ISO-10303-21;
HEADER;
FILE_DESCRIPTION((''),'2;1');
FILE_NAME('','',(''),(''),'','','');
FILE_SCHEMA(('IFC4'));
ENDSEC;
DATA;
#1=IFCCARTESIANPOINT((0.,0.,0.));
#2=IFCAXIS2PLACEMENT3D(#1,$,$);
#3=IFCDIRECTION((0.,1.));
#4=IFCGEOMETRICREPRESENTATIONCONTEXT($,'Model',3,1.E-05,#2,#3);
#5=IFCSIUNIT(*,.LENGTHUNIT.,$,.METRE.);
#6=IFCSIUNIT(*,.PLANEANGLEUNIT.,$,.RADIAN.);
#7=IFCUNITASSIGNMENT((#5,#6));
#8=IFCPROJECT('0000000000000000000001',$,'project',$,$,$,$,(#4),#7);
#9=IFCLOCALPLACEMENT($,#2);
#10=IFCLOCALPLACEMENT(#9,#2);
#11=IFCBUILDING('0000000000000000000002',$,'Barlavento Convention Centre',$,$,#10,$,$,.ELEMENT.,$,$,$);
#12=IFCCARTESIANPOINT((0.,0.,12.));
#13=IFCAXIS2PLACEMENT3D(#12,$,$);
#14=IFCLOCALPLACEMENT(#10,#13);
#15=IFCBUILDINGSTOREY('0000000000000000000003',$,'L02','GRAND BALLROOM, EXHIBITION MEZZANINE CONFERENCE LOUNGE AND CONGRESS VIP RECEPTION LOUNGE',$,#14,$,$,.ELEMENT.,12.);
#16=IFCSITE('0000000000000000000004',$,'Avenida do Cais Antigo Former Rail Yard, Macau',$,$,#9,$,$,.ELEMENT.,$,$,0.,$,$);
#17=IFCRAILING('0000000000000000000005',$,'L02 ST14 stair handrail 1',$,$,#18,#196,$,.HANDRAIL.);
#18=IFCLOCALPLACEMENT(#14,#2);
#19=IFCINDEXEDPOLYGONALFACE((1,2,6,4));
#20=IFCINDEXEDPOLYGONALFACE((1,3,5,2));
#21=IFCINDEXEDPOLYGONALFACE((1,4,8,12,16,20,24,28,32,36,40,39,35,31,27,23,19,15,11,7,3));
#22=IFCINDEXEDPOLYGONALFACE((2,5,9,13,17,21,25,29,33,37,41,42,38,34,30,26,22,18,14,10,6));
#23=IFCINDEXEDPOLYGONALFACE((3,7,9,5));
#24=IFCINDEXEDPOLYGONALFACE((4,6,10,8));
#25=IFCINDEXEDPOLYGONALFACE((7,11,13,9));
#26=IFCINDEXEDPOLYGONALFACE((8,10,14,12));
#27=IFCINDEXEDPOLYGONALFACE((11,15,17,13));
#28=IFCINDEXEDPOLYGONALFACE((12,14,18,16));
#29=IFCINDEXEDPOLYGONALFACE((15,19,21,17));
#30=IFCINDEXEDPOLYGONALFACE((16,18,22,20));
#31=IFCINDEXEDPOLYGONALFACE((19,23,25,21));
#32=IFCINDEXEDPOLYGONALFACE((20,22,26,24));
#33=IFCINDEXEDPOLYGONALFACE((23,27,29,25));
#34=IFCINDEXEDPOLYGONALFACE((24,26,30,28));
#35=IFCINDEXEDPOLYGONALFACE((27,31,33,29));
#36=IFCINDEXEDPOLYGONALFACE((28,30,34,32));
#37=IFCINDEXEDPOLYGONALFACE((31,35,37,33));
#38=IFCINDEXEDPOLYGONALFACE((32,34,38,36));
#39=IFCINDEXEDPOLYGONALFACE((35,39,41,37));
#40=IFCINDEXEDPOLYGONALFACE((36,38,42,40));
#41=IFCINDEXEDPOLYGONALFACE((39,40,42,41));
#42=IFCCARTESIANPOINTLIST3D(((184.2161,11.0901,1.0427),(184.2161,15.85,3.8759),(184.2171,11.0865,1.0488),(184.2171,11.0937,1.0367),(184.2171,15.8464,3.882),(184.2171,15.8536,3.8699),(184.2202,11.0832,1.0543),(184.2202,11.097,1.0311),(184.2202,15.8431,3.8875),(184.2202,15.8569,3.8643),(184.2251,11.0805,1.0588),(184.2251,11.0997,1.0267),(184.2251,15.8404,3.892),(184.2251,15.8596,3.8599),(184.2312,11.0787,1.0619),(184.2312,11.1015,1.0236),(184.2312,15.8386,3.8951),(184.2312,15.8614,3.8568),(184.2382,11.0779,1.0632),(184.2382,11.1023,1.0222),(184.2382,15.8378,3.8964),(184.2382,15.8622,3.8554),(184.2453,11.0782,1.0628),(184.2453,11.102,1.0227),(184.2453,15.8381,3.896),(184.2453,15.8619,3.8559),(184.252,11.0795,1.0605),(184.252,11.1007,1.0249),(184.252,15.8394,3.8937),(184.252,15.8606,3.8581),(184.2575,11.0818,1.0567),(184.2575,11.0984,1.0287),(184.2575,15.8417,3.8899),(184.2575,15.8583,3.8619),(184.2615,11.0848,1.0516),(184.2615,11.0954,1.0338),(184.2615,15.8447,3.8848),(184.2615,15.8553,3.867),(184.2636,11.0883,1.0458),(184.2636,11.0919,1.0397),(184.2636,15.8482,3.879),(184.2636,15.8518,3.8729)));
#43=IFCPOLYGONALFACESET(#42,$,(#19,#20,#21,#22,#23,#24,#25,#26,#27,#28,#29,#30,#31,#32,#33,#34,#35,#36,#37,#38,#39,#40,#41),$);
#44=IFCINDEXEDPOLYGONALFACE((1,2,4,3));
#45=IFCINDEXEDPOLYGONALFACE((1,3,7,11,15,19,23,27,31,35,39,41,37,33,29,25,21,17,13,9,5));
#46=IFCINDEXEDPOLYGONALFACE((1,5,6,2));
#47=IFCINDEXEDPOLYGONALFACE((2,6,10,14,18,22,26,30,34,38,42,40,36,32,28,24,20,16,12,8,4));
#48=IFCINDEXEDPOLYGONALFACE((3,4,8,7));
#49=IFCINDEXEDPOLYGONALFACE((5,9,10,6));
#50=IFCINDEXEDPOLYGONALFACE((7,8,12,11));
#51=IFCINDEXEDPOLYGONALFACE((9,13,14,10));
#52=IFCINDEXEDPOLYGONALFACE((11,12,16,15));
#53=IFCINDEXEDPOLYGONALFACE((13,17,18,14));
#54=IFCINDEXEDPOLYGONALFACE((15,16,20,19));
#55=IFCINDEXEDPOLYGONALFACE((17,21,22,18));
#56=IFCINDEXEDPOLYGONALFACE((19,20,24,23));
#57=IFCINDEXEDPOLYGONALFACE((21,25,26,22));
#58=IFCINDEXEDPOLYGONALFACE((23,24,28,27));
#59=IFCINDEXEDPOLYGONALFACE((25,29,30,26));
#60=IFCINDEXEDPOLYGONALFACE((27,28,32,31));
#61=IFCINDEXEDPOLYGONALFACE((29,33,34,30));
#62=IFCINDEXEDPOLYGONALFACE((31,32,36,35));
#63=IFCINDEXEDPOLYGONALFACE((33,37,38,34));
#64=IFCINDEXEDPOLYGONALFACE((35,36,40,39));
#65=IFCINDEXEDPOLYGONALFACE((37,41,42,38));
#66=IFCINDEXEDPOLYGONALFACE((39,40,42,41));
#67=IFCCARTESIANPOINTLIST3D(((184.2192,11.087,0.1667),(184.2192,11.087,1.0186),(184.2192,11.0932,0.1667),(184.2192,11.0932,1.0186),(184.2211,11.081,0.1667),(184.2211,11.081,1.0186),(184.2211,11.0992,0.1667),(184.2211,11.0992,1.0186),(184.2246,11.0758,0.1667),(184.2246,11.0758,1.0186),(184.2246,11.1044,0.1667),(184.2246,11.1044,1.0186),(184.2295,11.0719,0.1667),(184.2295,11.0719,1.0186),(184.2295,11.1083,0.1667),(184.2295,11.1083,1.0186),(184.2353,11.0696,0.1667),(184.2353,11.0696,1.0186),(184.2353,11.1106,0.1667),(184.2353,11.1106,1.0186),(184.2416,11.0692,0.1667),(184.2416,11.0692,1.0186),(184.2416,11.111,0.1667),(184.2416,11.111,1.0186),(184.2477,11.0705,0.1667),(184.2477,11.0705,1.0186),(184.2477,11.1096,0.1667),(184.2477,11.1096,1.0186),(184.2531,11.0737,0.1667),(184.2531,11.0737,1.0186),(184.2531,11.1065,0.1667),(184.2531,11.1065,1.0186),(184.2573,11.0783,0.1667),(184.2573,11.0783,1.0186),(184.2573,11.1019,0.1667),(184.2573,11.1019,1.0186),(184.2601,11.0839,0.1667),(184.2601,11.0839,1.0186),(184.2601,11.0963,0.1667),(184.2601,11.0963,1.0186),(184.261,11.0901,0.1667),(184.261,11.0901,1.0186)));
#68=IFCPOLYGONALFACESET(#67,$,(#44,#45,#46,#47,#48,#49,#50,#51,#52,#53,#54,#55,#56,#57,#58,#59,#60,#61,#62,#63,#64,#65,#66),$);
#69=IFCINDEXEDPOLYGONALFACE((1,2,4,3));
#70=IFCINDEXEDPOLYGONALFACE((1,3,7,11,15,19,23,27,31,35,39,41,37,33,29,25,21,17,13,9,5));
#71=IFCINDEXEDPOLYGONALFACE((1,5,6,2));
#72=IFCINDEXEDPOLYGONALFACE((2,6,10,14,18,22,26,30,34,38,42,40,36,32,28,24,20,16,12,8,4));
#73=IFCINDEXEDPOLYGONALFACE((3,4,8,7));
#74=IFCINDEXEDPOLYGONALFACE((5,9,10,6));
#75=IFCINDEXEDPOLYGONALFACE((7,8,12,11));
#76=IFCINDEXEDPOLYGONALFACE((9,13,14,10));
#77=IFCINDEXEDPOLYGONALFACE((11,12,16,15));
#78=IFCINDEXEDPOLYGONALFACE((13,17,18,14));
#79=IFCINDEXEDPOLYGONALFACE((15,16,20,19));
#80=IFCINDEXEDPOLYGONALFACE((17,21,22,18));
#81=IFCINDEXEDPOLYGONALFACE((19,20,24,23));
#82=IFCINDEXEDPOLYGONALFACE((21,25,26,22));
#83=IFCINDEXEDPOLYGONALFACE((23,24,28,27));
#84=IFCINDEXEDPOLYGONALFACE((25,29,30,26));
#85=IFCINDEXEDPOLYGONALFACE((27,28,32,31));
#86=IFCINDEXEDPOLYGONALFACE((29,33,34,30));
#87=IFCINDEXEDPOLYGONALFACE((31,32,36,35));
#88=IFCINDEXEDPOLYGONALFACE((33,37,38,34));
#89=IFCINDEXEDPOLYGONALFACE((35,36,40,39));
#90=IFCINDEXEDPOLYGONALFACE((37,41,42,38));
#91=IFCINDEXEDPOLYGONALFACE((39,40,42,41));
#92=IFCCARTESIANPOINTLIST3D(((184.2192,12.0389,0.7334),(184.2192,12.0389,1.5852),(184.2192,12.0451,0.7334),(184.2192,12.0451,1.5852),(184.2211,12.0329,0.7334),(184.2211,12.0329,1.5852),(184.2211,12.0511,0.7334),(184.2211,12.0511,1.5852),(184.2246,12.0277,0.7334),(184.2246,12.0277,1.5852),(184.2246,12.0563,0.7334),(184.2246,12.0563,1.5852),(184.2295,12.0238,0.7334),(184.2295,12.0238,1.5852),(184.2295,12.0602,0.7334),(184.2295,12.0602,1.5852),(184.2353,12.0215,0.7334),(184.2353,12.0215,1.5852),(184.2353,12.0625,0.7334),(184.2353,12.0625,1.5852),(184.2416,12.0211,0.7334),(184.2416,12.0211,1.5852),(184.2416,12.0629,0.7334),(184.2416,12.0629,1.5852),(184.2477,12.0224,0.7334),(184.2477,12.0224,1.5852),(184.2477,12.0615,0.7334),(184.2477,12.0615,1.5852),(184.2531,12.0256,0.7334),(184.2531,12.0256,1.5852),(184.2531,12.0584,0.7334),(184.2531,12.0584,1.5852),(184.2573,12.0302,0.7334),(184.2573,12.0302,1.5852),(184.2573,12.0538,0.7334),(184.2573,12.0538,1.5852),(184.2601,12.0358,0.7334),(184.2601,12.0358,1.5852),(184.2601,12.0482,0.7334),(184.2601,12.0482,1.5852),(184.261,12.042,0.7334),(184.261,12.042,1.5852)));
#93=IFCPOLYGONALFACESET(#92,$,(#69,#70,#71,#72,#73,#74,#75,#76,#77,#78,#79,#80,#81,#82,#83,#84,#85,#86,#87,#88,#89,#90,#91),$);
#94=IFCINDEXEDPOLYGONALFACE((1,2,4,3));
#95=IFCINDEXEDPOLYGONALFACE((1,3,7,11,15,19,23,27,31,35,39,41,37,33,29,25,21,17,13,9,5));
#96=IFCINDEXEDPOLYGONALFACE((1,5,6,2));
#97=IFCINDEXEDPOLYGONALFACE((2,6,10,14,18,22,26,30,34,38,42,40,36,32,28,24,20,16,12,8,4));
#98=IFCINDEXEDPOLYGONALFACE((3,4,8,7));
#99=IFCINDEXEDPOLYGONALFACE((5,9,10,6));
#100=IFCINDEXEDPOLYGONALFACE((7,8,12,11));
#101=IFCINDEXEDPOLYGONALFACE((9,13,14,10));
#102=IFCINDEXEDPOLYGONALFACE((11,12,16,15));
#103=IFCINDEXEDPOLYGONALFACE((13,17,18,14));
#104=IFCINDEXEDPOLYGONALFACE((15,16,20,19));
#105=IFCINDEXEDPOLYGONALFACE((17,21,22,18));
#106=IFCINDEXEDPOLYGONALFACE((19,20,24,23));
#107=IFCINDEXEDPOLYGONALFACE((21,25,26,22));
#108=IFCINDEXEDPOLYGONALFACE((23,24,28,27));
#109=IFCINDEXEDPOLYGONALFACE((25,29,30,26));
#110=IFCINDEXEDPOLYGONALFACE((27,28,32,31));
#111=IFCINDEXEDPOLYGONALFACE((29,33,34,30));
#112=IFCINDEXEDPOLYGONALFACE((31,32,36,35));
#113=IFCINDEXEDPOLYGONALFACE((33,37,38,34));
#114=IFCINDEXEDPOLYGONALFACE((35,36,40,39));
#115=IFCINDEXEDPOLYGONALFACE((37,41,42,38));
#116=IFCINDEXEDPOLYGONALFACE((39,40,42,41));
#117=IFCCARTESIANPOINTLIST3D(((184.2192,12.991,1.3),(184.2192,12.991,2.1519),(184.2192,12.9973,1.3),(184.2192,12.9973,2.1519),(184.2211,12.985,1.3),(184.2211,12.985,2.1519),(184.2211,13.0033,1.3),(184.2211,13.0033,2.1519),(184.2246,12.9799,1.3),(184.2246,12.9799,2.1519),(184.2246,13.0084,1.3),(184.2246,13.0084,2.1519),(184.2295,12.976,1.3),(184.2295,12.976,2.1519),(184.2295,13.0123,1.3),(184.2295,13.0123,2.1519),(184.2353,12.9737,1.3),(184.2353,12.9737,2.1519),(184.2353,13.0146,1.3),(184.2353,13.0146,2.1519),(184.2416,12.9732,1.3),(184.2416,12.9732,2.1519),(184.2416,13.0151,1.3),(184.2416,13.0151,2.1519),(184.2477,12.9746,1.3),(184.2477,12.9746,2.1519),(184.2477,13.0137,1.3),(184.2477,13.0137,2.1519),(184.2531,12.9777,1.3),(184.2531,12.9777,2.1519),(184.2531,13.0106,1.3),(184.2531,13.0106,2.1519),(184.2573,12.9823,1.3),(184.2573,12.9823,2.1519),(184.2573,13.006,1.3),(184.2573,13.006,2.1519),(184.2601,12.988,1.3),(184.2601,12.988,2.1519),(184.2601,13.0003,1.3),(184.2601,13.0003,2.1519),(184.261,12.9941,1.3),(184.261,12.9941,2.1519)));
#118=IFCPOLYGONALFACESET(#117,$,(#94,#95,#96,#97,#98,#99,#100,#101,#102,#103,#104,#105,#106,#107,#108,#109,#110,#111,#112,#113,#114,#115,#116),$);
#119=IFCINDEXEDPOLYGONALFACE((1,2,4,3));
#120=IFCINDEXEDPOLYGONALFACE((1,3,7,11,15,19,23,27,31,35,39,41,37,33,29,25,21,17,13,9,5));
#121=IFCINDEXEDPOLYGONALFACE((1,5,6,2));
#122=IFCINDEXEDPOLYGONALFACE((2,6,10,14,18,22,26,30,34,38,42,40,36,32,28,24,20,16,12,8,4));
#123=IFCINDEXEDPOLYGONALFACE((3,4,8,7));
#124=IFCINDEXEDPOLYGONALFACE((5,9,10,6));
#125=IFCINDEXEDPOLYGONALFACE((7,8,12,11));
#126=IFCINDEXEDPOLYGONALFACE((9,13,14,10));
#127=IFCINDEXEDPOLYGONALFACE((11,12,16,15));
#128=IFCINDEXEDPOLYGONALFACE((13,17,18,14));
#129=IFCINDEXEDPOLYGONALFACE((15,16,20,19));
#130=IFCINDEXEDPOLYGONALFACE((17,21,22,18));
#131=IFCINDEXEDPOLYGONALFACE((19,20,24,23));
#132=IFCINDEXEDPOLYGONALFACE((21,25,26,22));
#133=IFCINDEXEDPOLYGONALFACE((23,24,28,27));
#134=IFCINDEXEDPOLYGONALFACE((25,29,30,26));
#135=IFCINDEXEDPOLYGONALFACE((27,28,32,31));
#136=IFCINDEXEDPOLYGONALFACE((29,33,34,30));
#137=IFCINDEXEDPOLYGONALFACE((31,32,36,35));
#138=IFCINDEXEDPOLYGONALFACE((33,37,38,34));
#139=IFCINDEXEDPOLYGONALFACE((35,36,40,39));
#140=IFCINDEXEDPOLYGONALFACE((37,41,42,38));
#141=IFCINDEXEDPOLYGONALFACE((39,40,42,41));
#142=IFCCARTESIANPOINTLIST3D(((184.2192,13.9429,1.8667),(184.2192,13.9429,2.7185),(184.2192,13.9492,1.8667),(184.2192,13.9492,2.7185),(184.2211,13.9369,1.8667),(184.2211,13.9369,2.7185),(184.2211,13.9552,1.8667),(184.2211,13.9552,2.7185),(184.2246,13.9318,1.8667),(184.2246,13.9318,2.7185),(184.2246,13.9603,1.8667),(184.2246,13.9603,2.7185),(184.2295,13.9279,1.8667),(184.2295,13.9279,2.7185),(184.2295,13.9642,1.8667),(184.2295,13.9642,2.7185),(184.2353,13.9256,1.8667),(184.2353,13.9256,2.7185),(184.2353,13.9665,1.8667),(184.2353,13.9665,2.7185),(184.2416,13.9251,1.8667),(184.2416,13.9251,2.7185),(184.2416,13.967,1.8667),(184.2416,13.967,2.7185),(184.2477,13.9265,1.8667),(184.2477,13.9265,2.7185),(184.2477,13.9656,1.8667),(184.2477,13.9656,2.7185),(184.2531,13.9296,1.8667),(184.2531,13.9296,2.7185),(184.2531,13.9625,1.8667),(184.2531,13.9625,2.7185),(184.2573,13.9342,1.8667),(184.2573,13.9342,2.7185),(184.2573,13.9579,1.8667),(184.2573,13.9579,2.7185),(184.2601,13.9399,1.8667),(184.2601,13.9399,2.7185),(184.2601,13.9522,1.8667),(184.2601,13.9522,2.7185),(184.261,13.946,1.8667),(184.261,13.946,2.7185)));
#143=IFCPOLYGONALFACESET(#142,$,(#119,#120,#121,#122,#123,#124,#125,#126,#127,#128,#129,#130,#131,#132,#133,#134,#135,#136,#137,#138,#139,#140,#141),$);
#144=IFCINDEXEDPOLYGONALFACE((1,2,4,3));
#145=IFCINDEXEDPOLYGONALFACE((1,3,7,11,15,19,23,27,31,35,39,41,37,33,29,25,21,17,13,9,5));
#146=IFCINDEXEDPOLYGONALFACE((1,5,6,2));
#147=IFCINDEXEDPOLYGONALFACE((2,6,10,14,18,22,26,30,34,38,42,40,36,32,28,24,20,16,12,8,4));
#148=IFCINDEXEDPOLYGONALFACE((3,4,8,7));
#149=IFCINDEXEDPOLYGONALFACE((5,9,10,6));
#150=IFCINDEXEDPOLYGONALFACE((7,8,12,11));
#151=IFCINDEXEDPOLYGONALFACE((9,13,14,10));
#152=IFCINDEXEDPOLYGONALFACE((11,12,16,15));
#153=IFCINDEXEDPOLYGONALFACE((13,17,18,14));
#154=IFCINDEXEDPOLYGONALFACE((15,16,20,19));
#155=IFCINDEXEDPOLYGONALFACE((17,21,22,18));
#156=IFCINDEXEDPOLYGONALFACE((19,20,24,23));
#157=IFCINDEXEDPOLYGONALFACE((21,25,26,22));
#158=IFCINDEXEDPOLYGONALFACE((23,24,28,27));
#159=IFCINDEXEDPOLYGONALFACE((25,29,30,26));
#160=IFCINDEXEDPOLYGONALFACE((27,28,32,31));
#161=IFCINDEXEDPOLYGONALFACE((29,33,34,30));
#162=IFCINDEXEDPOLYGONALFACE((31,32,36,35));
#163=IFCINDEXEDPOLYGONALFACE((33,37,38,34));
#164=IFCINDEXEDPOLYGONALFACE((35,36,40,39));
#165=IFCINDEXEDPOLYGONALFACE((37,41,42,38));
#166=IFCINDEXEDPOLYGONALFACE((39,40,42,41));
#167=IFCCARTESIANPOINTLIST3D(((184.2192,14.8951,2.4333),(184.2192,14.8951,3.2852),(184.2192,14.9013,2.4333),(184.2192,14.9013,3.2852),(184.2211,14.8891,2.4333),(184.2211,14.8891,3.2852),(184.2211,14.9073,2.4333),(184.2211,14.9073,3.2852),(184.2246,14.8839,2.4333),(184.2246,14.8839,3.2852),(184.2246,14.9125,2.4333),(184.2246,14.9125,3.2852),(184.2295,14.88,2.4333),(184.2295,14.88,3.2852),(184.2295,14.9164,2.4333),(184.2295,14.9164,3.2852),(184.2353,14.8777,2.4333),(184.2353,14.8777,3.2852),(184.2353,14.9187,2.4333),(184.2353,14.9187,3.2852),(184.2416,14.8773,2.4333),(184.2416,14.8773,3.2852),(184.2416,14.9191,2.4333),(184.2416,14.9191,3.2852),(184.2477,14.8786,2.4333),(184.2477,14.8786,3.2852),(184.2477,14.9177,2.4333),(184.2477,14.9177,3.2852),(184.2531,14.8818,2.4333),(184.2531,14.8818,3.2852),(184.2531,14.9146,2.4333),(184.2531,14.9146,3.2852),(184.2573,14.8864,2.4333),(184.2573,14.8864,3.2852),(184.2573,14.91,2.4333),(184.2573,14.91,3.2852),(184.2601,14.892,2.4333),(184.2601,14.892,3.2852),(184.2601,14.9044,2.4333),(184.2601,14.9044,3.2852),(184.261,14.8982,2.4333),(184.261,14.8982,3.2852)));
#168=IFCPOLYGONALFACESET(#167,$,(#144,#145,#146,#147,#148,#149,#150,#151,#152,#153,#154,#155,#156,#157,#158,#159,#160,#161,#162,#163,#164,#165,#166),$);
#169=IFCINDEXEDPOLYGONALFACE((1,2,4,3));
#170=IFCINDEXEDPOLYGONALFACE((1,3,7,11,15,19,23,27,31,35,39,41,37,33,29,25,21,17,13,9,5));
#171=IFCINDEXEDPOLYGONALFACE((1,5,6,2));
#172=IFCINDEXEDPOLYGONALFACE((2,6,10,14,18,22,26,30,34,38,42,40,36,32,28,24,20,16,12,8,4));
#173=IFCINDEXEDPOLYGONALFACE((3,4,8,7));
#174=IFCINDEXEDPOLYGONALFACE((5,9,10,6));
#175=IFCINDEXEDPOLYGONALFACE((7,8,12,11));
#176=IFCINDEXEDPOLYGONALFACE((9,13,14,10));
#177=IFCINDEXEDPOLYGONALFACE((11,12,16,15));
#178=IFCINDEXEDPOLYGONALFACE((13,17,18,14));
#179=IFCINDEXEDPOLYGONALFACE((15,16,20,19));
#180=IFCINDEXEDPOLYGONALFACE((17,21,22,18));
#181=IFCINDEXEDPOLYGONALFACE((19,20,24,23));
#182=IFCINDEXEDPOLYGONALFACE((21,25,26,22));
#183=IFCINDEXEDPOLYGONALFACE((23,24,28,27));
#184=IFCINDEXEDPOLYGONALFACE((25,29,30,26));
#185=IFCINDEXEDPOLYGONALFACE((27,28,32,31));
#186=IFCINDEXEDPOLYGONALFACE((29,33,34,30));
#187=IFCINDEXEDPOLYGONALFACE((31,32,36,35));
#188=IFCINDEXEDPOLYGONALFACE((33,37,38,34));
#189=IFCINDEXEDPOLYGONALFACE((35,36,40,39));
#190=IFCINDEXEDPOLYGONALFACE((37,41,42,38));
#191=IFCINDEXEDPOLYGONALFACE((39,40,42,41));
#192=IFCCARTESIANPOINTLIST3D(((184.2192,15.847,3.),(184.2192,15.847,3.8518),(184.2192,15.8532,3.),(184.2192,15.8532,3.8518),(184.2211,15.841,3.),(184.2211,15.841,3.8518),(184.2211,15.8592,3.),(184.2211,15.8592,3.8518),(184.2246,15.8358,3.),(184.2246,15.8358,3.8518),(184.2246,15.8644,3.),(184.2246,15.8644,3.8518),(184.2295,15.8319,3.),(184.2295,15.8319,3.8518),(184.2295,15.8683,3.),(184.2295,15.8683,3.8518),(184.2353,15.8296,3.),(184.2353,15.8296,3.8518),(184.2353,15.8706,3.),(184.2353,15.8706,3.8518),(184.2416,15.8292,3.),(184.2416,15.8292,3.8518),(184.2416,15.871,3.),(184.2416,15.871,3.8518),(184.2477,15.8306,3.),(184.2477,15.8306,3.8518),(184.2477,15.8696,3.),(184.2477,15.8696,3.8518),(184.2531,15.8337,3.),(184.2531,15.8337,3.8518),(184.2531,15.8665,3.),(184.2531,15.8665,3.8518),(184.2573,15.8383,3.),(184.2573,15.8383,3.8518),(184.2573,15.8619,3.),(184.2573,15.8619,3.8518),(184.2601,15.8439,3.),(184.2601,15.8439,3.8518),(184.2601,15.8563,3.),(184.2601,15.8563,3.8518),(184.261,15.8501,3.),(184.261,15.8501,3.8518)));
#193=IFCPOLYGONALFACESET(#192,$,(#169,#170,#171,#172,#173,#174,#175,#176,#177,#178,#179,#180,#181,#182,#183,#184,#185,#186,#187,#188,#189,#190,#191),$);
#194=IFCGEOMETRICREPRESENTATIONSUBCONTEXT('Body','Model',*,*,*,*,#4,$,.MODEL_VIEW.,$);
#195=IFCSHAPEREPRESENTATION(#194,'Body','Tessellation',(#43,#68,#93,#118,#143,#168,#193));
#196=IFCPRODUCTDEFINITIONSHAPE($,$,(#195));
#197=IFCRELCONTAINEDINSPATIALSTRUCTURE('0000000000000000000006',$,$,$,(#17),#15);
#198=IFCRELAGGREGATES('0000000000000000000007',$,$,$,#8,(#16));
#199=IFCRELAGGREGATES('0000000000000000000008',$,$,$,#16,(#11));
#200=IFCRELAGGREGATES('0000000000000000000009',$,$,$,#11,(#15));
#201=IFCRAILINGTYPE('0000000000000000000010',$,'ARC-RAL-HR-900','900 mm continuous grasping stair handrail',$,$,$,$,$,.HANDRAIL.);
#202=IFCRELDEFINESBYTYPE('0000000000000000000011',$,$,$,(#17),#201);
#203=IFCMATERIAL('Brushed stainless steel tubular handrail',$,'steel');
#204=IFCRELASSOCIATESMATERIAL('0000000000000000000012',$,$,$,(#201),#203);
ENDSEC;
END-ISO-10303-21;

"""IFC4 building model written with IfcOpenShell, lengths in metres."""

from ifc_helpers import new_model, si_unit, direction, frame, origin, origin_2d, place, context, subcontext, project, spatial, circle, extrude, material, type_object, element, save


model = new_model("IFC4")

# Units and contexts
model_context = context("Model", 3, precision=1e-05, world=origin(), true_north=direction((0.0, 1.0)))
body_context = subcontext(model_context, "Body", "Model", "MODEL_VIEW")
ifc_project = project(units=[si_unit("LENGTHUNIT", "METRE"), si_unit("PLANEANGLEUNIT", "RADIAN")], contexts=[model_context])

# Site, building, storey
site_placement = place(None, origin())
site = spatial("IfcSite", under=ifc_project, at=site_placement, Name="Avenida do Cais Antigo Former Rail Yard, Macau", CompositionType="ELEMENT", RefElevation=0.0)
building_placement = place(site_placement, origin())
building = spatial("IfcBuilding", under=site, at=building_placement, Name="Barlavento Convention Centre", CompositionType="ELEMENT")
storey_placement = place(building_placement, frame((0.0, 0.0, 12.0)))
storey = spatial("IfcBuildingStorey", under=building, at=storey_placement, Name="L02", Description="GRAND BALLROOM, EXHIBITION MEZZANINE CONFERENCE LOUNGE AND CONGRESS VIP RECEPTION LOUNGE", CompositionType="ELEMENT", Elevation=12.0)

# Railing
ifc_material_1 = material(Name="Brushed stainless steel tubular handrail", Category="steel")
railing_type_1 = type_object("IfcRailingType", Name="ARC-RAL-HR-900", Description="900 mm continuous grasping stair handrail", PredefinedType="HANDRAIL", material=ifc_material_1)
railing_1_placement = place(storey_placement, frame((184.24, 11.0901, 0.1667)))
element("IfcRailing", 1, at=railing_1_placement, inside=storey, type_object=railing_type_1, Name="L02 ST14 stair handrail 1", PredefinedType="HANDRAIL", context=body_context, shape_type="SweptSolid", body=[
    extrude(circle(Radius=0.0239, at=origin_2d()), frame((0.0, 0.0, 0.876), z_axis=(0.0, 0.8593, 0.511472), x_axis=(-1.0, 0.0, 0.0)), (0.0, 0.0, 1.0), 5.5393),
    extrude(circle(Radius=0.021, at=origin_2d()), origin(), (0.0, 0.0, 1.0), 0.8518),
    extrude(circle(Radius=0.021, at=origin_2d()), frame((0.0, 0.9519, 0.5667)), (0.0, 0.0, 1.0), 0.8518),
    extrude(circle(Radius=0.021, at=origin_2d()), frame((0.0, 1.9041, 1.1333)), (0.0, 0.0, 1.0), 0.8518),
    extrude(circle(Radius=0.021, at=origin_2d()), frame((0.0, 2.856, 1.7)), (0.0, 0.0, 1.0), 0.8518),
    extrude(circle(Radius=0.021, at=origin_2d()), frame((0.0, 3.8081, 2.2666)), (0.0, 0.0, 1.0), 0.8518),
    extrude(circle(Radius=0.021, at=origin_2d()), frame((0.0, 4.76, 2.8333)), (0.0, 0.0, 1.0), 0.8518),
])

save(model, "model.ifc")
